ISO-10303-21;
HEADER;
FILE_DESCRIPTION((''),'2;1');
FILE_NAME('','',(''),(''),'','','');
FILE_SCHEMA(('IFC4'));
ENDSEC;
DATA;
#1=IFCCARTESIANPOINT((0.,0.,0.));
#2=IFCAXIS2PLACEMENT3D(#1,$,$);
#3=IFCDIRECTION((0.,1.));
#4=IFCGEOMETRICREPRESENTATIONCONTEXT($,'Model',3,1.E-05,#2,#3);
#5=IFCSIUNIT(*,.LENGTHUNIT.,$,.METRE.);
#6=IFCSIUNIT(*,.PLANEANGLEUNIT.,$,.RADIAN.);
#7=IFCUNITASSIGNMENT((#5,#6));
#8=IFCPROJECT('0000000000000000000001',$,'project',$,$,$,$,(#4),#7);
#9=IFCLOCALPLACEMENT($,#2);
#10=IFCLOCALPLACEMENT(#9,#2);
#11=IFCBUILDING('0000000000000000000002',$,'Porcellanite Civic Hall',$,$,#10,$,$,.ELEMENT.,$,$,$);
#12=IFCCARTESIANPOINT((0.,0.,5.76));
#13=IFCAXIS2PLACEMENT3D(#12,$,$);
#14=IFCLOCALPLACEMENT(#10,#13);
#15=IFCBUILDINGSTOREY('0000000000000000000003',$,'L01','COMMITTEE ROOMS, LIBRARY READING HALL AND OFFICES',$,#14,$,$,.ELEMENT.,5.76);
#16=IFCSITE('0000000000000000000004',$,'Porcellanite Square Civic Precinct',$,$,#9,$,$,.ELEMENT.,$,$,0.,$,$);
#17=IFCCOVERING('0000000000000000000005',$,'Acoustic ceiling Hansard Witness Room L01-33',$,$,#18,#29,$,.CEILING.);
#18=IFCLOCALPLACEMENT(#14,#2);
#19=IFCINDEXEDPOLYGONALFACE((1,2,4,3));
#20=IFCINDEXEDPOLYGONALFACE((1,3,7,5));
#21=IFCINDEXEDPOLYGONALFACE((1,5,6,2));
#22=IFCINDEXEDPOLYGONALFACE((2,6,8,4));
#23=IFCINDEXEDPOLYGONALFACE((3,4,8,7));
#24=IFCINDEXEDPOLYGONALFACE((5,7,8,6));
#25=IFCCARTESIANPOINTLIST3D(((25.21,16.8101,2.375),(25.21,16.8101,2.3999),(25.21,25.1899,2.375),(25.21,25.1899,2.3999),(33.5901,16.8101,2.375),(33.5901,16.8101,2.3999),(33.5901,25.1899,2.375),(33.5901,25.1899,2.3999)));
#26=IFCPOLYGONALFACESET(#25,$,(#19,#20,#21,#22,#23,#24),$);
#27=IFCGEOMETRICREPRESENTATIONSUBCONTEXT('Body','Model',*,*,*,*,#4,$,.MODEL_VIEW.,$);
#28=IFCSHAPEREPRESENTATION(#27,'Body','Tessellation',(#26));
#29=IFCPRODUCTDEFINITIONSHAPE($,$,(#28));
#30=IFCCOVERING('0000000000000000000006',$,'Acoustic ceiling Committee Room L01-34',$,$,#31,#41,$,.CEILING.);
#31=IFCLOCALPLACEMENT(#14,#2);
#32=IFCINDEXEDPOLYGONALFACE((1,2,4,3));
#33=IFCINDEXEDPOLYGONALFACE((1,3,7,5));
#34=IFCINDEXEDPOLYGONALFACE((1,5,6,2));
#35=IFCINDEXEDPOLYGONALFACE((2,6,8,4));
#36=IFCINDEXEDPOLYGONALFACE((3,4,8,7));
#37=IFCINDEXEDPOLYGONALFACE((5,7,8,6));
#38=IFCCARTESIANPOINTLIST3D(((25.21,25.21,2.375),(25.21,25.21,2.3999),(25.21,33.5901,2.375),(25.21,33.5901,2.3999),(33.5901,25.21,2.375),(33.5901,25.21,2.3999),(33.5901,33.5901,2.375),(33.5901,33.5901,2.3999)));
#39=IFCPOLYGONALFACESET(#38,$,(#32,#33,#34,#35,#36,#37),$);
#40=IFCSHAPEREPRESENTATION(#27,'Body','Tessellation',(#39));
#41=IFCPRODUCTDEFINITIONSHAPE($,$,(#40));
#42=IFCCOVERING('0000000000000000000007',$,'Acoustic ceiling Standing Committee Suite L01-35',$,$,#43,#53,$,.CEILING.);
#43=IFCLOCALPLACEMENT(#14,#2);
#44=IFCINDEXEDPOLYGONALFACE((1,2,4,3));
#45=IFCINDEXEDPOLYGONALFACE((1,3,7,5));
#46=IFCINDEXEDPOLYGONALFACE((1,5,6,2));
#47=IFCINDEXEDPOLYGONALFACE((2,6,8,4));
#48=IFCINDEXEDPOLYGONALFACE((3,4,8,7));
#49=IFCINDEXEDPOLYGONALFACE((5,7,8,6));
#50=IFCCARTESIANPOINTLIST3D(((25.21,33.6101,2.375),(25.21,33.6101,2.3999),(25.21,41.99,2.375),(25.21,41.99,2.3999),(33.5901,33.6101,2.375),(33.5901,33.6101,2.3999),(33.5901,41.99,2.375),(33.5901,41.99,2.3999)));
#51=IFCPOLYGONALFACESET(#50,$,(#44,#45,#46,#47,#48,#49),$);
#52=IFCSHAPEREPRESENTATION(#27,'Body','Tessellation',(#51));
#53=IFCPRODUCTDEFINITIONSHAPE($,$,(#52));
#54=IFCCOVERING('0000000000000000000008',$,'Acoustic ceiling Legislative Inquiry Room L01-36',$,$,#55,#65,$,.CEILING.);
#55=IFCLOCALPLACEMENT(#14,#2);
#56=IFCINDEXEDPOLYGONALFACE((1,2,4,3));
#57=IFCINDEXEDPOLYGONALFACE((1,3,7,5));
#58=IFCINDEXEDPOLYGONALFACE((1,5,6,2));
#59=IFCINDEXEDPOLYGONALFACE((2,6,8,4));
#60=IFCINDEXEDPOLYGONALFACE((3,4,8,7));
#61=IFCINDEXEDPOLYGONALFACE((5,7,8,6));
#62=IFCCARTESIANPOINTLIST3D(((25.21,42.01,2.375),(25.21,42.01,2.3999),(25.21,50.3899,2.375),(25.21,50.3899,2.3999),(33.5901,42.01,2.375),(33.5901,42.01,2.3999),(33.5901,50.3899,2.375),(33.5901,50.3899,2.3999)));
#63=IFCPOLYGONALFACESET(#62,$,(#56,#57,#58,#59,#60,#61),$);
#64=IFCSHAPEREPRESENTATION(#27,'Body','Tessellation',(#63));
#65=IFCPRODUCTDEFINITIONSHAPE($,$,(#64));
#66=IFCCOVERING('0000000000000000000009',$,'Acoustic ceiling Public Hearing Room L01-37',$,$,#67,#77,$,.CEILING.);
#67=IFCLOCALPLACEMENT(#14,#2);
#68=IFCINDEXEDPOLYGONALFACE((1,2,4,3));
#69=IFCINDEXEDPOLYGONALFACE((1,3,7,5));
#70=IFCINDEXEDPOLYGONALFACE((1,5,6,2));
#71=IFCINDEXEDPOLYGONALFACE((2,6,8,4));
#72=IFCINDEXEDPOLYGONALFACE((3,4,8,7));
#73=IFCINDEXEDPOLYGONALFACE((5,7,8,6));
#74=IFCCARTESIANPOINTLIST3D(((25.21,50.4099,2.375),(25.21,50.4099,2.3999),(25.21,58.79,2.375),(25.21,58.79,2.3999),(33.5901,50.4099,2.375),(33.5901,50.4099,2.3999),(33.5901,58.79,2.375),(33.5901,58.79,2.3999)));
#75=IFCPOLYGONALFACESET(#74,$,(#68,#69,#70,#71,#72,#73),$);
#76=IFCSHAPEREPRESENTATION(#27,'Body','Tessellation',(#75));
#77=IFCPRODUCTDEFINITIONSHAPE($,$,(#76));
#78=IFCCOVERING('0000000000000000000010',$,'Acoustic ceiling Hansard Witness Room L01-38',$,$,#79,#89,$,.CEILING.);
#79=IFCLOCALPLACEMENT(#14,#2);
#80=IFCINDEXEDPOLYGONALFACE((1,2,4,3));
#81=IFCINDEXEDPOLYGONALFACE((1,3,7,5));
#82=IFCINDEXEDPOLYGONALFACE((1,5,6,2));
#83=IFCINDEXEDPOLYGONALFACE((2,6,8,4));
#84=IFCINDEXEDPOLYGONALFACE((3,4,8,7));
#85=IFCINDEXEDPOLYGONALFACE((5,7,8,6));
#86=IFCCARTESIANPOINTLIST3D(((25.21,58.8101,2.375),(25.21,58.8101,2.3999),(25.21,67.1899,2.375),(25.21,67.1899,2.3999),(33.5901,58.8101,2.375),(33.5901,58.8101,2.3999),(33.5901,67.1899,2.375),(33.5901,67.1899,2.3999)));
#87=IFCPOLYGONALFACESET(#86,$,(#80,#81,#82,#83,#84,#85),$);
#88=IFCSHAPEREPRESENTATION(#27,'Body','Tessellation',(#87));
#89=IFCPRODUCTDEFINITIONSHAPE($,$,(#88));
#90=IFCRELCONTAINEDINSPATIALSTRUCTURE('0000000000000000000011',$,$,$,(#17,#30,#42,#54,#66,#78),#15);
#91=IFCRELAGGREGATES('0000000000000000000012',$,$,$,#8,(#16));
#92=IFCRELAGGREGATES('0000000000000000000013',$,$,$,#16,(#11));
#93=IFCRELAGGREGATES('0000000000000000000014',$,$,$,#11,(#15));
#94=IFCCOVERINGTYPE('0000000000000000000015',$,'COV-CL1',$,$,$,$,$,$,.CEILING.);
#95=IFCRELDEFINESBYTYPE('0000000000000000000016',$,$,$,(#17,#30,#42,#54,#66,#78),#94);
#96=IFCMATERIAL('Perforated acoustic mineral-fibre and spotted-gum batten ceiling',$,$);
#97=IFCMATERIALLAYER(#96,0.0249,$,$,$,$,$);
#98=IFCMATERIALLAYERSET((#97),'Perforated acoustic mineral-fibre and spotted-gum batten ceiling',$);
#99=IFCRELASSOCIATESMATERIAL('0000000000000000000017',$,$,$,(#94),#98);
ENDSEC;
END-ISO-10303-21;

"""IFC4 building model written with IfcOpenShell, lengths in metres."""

from ifc_helpers import new_model, si_unit, direction, frame, origin, place, context, subcontext, project, spatial, polyline, outline, extrude, material, layer, layer_set, type_object, element, save


model = new_model("IFC4")

# Units and contexts
model_context = context("Model", 3, precision=1e-05, world=origin(), true_north=direction((0.0, 1.0)))
body_context = subcontext(model_context, "Body", "Model", "MODEL_VIEW")
ifc_project = project(units=[si_unit("LENGTHUNIT", "METRE"), si_unit("PLANEANGLEUNIT", "RADIAN")], contexts=[model_context])

# Site, building, storey
site_placement = place(None, origin())
site = spatial("IfcSite", under=ifc_project, at=site_placement, Name="Porcellanite Square Civic Precinct", CompositionType="ELEMENT", RefElevation=0.0)
building_placement = place(site_placement, origin())
building = spatial("IfcBuilding", under=site, at=building_placement, Name="Porcellanite Civic Hall", CompositionType="ELEMENT")
storey_placement = place(building_placement, frame((0.0, 0.0, 5.76)))
storey = spatial("IfcBuildingStorey", under=building, at=storey_placement, Name="L01", Description="COMMITTEE ROOMS, LIBRARY READING HALL AND OFFICES", CompositionType="ELEMENT", Elevation=5.76)

# Coverings
ifc_material = material(Name="Perforated acoustic mineral-fibre and spotted-gum batten ceiling")
ifc_layer = layer(ifc_material, 0.0249)
ifc_layer_set = layer_set([ifc_layer], Name="Perforated acoustic mineral-fibre and spotted-gum batten ceiling")
covering_type = type_object("IfcCoveringType", Name="COV-CL1", PredefinedType="CEILING", material=ifc_layer_set)
covering_1_placement = place(storey_placement, frame((0.0, 0.0, 2.375)))
element("IfcCovering", 1, at=covering_1_placement, inside=storey, type_object=covering_type, Name="Acoustic ceiling Hansard Witness Room L01-33", PredefinedType="CEILING", context=body_context, shape_type="SweptSolid", body=[
    extrude(outline(polyline([(25.21, 16.8101), (33.5901, 16.8101), (33.5901, 25.1899), (25.21, 25.1899), (25.21, 16.8101)])), origin(), (0.0, 0.0, 1.0), 0.0249),
])
covering_2_placement = place(storey_placement, frame((0.0, 0.0, 2.375)))
element("IfcCovering", 2, at=covering_2_placement, inside=storey, type_object=covering_type, Name="Acoustic ceiling Committee Room L01-34", PredefinedType="CEILING", context=body_context, shape_type="SweptSolid", body=[
    extrude(outline(polyline([(25.21, 25.21), (33.5901, 25.21), (33.5901, 33.5901), (25.21, 33.5901), (25.21, 25.21)])), origin(), (0.0, 0.0, 1.0), 0.0249),
])
covering_3_placement = place(storey_placement, frame((0.0, 0.0, 2.375)))
element("IfcCovering", 3, at=covering_3_placement, inside=storey, type_object=covering_type, Name="Acoustic ceiling Standing Committee Suite L01-35", PredefinedType="CEILING", context=body_context, shape_type="SweptSolid", body=[
    extrude(outline(polyline([(25.21, 33.6101), (33.5901, 33.6101), (33.5901, 41.99), (25.21, 41.99), (25.21, 33.6101)])), origin(), (0.0, 0.0, 1.0), 0.0249),
])
covering_4_placement = place(storey_placement, frame((0.0, 0.0, 2.375)))
element("IfcCovering", 4, at=covering_4_placement, inside=storey, type_object=covering_type, Name="Acoustic ceiling Legislative Inquiry Room L01-36", PredefinedType="CEILING", context=body_context, shape_type="SweptSolid", body=[
    extrude(outline(polyline([(25.21, 42.01), (33.5901, 42.01), (33.5901, 50.3899), (25.21, 50.3899), (25.21, 42.01)])), origin(), (0.0, 0.0, 1.0), 0.0249),
])
covering_5_placement = place(storey_placement, frame((0.0, 0.0, 2.375)))
element("IfcCovering", 5, at=covering_5_placement, inside=storey, type_object=covering_type, Name="Acoustic ceiling Public Hearing Room L01-37", PredefinedType="CEILING", context=body_context, shape_type="SweptSolid", body=[
    extrude(outline(polyline([(25.21, 50.4099), (33.5901, 50.4099), (33.5901, 58.79), (25.21, 58.79), (25.21, 50.4099)])), origin(), (0.0, 0.0, 1.0), 0.0249),
])
covering_6_placement = place(storey_placement, frame((0.0, 0.0, 2.375)))
element("IfcCovering", 6, at=covering_6_placement, inside=storey, type_object=covering_type, Name="Acoustic ceiling Hansard Witness Room L01-38", PredefinedType="CEILING", context=body_context, shape_type="SweptSolid", body=[
    extrude(outline(polyline([(25.21, 58.8101), (33.5901, 58.8101), (33.5901, 67.1899), (25.21, 67.1899), (25.21, 58.8101)])), origin(), (0.0, 0.0, 1.0), 0.0249),
])

save(model, "model.ifc")
